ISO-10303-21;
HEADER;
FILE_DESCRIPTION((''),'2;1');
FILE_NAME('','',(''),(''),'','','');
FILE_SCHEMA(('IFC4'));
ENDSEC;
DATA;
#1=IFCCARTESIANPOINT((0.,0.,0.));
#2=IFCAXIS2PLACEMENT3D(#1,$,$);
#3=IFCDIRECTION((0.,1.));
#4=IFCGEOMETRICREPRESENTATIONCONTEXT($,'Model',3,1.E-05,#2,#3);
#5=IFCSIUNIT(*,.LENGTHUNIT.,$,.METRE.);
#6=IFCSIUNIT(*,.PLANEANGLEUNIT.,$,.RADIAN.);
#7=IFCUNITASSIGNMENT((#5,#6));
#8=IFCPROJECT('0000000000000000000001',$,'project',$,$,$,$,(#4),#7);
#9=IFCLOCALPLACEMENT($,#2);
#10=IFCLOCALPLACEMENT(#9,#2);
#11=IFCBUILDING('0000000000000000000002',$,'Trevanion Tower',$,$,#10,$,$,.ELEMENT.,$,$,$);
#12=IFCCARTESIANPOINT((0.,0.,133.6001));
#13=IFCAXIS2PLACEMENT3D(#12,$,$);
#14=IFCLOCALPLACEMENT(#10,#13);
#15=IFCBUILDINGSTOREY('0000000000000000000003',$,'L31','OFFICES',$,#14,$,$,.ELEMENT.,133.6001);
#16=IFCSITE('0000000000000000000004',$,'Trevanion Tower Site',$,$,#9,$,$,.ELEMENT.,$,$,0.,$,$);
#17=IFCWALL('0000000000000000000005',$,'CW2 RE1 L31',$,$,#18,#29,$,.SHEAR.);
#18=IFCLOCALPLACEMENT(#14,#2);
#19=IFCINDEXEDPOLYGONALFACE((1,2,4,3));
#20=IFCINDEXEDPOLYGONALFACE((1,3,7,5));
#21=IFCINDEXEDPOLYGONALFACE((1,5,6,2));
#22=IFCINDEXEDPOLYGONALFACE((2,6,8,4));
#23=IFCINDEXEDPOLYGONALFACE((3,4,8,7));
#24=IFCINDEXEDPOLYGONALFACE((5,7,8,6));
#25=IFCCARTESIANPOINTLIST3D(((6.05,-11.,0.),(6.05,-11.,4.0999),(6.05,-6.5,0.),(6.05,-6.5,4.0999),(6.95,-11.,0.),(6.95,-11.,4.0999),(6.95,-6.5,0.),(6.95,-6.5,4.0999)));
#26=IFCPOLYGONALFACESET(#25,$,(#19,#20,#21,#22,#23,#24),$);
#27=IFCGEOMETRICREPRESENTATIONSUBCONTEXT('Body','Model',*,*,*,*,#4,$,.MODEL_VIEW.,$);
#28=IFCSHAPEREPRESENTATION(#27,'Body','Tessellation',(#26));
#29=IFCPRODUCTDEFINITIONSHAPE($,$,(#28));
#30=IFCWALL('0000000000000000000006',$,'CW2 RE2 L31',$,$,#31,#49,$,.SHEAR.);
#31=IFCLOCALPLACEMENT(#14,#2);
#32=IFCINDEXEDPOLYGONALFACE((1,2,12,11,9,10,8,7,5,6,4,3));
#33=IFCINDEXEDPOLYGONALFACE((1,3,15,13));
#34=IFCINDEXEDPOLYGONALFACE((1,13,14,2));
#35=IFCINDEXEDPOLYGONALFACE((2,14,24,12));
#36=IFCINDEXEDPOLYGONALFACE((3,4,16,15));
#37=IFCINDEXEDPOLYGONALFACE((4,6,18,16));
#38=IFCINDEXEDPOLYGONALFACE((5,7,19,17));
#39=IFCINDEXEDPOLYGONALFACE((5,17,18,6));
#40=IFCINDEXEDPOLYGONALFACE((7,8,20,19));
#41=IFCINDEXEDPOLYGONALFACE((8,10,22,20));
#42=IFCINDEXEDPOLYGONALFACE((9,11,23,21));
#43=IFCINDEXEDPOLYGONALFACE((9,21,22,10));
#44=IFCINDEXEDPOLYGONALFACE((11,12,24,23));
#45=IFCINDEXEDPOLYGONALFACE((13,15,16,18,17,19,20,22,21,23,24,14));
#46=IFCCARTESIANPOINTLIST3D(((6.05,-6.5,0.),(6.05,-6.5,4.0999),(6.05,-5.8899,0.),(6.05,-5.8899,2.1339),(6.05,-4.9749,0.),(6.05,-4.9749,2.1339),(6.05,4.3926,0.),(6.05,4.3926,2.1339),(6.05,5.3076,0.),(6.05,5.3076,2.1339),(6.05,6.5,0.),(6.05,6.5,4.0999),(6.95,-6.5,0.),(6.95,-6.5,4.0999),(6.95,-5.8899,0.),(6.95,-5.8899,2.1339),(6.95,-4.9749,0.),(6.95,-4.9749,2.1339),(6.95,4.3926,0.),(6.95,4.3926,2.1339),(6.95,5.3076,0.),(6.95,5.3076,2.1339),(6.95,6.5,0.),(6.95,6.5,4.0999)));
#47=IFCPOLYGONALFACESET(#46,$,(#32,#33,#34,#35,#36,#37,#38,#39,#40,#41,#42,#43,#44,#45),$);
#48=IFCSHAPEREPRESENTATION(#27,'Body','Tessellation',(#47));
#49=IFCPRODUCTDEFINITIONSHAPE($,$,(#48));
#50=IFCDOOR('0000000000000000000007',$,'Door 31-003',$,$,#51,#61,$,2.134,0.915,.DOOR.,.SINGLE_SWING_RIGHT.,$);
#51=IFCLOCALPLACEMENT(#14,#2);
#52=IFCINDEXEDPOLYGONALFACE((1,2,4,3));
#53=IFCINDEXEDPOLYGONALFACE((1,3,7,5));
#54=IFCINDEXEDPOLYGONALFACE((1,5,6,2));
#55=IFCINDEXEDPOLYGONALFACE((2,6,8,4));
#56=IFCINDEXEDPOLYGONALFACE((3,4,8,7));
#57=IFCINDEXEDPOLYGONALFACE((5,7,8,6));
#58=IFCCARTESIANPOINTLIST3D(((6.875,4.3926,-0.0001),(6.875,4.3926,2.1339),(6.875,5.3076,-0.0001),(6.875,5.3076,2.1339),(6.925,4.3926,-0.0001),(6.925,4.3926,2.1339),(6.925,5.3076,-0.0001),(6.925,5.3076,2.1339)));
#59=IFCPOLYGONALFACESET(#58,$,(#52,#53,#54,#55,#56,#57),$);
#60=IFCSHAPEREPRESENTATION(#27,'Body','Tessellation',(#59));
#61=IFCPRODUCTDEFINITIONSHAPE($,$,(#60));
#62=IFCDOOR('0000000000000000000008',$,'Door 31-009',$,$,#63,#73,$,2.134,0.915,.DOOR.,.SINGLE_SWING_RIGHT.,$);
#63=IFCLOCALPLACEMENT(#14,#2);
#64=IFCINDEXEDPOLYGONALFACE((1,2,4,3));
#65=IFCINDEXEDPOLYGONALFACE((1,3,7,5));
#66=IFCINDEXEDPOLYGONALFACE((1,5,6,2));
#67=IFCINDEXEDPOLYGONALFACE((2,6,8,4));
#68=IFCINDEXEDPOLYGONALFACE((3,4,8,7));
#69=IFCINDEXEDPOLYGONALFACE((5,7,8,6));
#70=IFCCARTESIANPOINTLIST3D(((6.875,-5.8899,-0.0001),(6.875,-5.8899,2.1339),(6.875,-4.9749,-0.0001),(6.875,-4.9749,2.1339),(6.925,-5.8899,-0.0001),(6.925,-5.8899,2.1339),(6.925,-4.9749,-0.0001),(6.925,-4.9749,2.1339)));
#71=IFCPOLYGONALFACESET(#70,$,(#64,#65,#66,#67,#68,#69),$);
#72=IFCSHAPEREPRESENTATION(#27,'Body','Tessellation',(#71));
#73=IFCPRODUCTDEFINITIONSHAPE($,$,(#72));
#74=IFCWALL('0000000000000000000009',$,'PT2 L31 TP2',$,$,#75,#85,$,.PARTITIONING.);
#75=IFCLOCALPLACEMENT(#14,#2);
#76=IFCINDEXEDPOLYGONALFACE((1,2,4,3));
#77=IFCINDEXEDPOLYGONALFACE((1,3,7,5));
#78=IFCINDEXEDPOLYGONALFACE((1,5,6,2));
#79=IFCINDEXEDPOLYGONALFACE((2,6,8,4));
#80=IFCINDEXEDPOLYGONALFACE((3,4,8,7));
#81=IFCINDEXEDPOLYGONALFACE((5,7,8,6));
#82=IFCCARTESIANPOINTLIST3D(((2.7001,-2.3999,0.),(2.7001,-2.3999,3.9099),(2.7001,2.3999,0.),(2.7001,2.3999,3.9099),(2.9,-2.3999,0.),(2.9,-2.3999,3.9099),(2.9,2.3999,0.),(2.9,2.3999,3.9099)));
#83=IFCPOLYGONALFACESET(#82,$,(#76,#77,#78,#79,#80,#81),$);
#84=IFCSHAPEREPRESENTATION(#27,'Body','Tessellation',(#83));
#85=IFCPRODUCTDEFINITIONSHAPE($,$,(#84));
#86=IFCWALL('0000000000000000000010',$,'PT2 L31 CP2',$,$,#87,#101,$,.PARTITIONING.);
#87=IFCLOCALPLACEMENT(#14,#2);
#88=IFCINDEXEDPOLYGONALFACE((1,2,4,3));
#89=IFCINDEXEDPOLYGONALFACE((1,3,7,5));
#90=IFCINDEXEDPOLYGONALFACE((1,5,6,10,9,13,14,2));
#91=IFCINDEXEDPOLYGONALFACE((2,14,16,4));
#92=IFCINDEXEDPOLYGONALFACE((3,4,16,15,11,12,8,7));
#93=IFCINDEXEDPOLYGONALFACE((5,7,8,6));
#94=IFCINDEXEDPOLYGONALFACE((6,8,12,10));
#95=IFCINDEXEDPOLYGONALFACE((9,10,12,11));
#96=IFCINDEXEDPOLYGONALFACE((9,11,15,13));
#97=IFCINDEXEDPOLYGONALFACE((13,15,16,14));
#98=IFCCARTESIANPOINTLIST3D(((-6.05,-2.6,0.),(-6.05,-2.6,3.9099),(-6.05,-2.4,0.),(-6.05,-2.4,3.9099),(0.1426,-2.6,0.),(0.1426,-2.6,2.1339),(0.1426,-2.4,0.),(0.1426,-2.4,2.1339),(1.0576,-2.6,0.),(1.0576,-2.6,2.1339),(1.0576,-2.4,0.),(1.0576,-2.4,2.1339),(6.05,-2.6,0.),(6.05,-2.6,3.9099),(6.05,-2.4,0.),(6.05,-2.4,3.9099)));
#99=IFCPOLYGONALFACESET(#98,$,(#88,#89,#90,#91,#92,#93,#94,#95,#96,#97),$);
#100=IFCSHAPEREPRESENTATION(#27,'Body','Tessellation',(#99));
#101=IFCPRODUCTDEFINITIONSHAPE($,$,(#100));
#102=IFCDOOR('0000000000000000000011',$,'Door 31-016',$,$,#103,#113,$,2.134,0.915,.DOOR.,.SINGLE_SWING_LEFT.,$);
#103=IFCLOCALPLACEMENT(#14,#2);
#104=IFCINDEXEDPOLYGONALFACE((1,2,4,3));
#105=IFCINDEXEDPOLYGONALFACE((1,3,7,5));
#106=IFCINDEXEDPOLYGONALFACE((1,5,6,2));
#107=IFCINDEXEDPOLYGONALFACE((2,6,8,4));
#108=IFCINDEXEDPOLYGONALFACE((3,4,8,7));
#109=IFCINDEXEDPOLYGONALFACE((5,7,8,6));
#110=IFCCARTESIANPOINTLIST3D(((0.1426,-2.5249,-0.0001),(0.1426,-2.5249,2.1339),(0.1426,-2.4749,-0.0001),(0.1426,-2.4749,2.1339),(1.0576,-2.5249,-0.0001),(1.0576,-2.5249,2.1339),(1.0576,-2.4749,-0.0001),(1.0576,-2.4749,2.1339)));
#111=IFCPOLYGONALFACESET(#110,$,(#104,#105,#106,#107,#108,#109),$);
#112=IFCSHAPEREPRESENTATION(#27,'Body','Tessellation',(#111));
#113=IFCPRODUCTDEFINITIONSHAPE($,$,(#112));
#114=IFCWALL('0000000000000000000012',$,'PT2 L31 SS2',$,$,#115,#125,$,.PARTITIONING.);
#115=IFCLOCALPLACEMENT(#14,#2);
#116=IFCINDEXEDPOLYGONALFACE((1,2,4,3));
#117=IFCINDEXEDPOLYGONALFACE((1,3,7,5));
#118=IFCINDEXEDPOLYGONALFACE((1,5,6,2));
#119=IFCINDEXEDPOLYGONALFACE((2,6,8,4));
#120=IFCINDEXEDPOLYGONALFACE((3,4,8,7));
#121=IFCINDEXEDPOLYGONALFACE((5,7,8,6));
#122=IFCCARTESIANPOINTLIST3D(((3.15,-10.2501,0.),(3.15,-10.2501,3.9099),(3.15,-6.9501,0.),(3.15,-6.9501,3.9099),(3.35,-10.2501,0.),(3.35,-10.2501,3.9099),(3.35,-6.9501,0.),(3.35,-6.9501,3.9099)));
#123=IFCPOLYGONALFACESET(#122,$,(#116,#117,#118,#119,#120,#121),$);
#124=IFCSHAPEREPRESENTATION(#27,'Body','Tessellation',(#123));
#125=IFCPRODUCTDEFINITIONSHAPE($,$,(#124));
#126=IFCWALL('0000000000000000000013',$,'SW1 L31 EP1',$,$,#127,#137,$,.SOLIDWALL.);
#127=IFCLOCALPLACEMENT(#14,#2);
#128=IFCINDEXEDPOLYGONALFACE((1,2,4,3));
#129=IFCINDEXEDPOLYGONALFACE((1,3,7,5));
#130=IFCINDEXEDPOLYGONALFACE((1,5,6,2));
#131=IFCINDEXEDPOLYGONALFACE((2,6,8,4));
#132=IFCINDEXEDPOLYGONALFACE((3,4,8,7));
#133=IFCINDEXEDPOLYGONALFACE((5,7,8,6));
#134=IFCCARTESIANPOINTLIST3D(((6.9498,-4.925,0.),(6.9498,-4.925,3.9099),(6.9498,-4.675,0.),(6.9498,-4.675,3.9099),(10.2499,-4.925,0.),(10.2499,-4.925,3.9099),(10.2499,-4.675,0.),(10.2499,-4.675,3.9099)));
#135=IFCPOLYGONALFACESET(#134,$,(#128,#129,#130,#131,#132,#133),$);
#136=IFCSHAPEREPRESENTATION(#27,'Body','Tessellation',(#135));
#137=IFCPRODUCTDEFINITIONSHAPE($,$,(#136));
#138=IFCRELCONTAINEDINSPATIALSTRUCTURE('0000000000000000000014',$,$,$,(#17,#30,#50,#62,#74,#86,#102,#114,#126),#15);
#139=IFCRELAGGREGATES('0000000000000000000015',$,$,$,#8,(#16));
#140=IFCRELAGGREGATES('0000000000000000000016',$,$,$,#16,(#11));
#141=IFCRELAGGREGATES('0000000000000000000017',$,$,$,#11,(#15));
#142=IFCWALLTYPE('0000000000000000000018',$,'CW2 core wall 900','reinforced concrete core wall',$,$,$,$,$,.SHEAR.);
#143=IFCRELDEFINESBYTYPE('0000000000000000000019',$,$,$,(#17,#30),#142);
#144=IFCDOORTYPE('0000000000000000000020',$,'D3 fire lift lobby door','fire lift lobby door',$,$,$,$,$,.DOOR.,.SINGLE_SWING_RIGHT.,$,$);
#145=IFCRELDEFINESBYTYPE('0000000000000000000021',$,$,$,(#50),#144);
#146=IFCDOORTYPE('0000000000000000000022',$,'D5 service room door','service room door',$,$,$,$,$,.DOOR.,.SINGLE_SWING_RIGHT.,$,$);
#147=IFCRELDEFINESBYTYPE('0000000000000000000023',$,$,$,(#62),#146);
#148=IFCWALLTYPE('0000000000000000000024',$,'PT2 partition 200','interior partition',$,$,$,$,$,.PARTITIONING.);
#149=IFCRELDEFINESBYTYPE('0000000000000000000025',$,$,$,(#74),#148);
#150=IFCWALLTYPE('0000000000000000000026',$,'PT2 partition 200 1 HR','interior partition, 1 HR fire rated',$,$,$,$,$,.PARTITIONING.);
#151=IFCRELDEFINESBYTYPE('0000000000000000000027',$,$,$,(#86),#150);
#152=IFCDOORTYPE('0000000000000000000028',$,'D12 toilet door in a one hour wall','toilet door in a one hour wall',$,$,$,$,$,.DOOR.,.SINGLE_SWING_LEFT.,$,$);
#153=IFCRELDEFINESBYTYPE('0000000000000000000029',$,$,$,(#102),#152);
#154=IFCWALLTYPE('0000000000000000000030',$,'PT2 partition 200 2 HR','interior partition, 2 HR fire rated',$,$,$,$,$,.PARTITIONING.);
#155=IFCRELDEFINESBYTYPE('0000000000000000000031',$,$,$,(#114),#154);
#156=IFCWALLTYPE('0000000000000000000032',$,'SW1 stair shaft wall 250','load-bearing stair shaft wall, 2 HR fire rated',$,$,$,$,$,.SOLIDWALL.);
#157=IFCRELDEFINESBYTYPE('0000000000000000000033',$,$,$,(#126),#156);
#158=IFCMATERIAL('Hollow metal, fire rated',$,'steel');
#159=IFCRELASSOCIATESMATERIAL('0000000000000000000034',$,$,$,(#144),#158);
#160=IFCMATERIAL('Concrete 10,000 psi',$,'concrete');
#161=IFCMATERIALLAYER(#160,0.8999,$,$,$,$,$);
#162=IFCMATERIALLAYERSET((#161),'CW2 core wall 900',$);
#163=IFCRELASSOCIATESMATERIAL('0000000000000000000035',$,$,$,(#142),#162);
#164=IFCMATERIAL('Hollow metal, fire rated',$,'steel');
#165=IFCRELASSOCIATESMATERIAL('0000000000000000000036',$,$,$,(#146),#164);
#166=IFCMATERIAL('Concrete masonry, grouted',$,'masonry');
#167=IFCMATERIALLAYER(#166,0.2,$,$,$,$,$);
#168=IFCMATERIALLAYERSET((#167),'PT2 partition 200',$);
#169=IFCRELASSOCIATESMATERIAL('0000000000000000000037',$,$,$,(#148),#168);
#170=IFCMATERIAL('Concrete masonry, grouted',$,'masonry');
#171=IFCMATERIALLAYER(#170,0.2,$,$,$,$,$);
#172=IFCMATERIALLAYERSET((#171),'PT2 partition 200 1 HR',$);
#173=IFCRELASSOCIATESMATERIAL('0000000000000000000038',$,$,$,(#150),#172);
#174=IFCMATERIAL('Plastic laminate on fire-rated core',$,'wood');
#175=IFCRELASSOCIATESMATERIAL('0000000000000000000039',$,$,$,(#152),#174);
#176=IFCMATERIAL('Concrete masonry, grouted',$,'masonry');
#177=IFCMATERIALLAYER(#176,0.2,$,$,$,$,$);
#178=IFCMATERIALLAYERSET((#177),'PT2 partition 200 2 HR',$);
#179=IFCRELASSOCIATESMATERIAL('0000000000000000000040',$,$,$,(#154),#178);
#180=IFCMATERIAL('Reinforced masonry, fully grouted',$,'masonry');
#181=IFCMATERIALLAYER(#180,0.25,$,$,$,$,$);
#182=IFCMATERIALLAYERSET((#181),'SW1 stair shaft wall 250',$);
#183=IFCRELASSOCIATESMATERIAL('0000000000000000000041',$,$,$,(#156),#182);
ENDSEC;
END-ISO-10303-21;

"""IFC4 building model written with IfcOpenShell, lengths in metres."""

from ifc_helpers import new_model, si_unit, direction, frame, frame_2d, origin, place, context, subcontext, project, spatial, rectangle, extrude, material, layer, layer_set, type_object, element, fill, save


model = new_model("IFC4")

# Units and contexts
model_context = context("Model", 3, precision=1e-05, world=origin(), true_north=direction((0.0, 1.0)))
body_context = subcontext(model_context, "Body", "Model", "MODEL_VIEW")
ifc_project = project(units=[si_unit("LENGTHUNIT", "METRE"), si_unit("PLANEANGLEUNIT", "RADIAN")], contexts=[model_context])

# Site, building, storey
site_placement = place(None, origin())
site = spatial("IfcSite", under=ifc_project, at=site_placement, Name="Trevanion Tower Site", CompositionType="ELEMENT", RefElevation=0.0)
building_placement = place(site_placement, origin())
building = spatial("IfcBuilding", under=site, at=building_placement, Name="Trevanion Tower", CompositionType="ELEMENT")
storey_placement = place(building_placement, frame((0.0, 0.0, 133.6001)))
storey = spatial("IfcBuildingStorey", under=building, at=storey_placement, Name="L31", Description="OFFICES", CompositionType="ELEMENT", Elevation=133.6001)

# Shared definitions
ifc_material_1 = material(Name="Hollow metal, fire rated", Category="steel")
door_type_1 = type_object("IfcDoorType", Name="D3 fire lift lobby door", Description="fire lift lobby door", OperationType="SINGLE_SWING_RIGHT", PredefinedType="DOOR", material=ifc_material_1)

# Wall
ifc_material_2 = material(Name="Concrete 10,000 psi", Category="concrete")
ifc_layer_1 = layer(ifc_material_2, 0.8999)
ifc_layer_set_1 = layer_set([ifc_layer_1], Name="CW2 core wall 900")
wall_type_1 = type_object("IfcWallType", Name="CW2 core wall 900", Description="reinforced concrete core wall", PredefinedType="SHEAR", material=ifc_layer_set_1)
wall_1_placement = place(storey_placement, frame((6.5, -11.0, 0.0), z_axis=(0.0, 0.0, 1.0), x_axis=(0.0, 1.0, 0.0)))
element("IfcWall", 1, at=wall_1_placement, inside=storey, type_object=wall_type_1, Name="CW2 RE1 L31", PredefinedType="SHEAR", context=body_context, shape_type="SweptSolid", body=[
    extrude(rectangle(XDim=4.5, YDim=0.8999, at=frame_2d((2.25, 0.0))), origin(), (0.0, 0.0, 1.0), 4.0999),
])

# Wall, openings, doors
wall_2_placement = place(storey_placement, frame((6.5, -6.5, 0.0), z_axis=(0.0, 0.0, 1.0), x_axis=(0.0, 1.0, 0.0)))
wall_2 = element("IfcWall", 2, at=wall_2_placement, inside=storey, type_object=wall_type_1, Name="CW2 RE2 L31", PredefinedType="SHEAR", context=body_context, shape_type="SweptSolid", body=[
    extrude(rectangle(XDim=13.0, YDim=0.8999, at=frame_2d((6.5, 0.0))), origin(), (0.0, 0.0, 1.0), 4.0999),
])
opening_1_placement = place(wall_2_placement, frame((10.8926, 0.0, 0.0)))
opening_1 = element("IfcOpeningElement", 3, at=opening_1_placement, cuts=wall_2, PredefinedType="OPENING", context=body_context, shape_type="SweptSolid", body=[
    extrude(rectangle(XDim=0.915, YDim=2.134, at=frame_2d((0.4575, 1.0669))), frame((0.0, 0.46, 0.0), z_axis=(0.0, -1.0, 0.0), x_axis=(1.0, 0.0, 0.0)), (0.0, 0.0, 1.0), 0.9199),
])
opening_2_placement = place(wall_2_placement, frame((0.6101, 0.0, 0.0)))
opening_2 = element("IfcOpeningElement", 4, at=opening_2_placement, cuts=wall_2, PredefinedType="OPENING", context=body_context, shape_type="SweptSolid", body=[
    extrude(rectangle(XDim=0.915, YDim=2.134, at=frame_2d((0.4575, 1.0669))), frame((0.0, 0.46, 0.0), z_axis=(0.0, -1.0, 0.0), x_axis=(1.0, 0.0, 0.0)), (0.0, 0.0, 1.0), 0.9199),
])
door_1_placement = place(opening_1_placement, origin())
door_1 = element("IfcDoor", 5, at=door_1_placement, inside=storey, type_object=door_type_1, Name="Door 31-003", OperationType="SINGLE_SWING_RIGHT", OverallHeight=2.134, OverallWidth=0.915, PredefinedType="DOOR", context=body_context, shape_type="SweptSolid", body=[
    extrude(rectangle(XDim=0.915, YDim=2.134, at=frame_2d((0.4575, 1.0669))), frame((0.0, -0.375, 0.0), z_axis=(0.0, -1.0, 0.0), x_axis=(1.0, 0.0, 0.0)), (0.0, 0.0, 1.0), 0.05),
])
fill(opening_1, door_1)
ifc_material_3 = material(Name="Hollow metal, fire rated", Category="steel")
door_type_2 = type_object("IfcDoorType", Name="D5 service room door", Description="service room door", OperationType="SINGLE_SWING_RIGHT", PredefinedType="DOOR", material=ifc_material_3)
door_2_placement = place(opening_2_placement, origin())
door_2 = element("IfcDoor", 6, at=door_2_placement, inside=storey, type_object=door_type_2, Name="Door 31-009", OperationType="SINGLE_SWING_RIGHT", OverallHeight=2.134, OverallWidth=0.915, PredefinedType="DOOR", context=body_context, shape_type="SweptSolid", body=[
    extrude(rectangle(XDim=0.915, YDim=2.134, at=frame_2d((0.4575, 1.0669))), frame((0.0, -0.375, 0.0), z_axis=(0.0, -1.0, 0.0), x_axis=(1.0, 0.0, 0.0)), (0.0, 0.0, 1.0), 0.05),
])
fill(opening_2, door_2)

# Wall
ifc_material_4 = material(Name="Concrete masonry, grouted", Category="masonry")
ifc_layer_2 = layer(ifc_material_4, 0.2)
ifc_layer_set_2 = layer_set([ifc_layer_2], Name="PT2 partition 200")
wall_type_2 = type_object("IfcWallType", Name="PT2 partition 200", Description="interior partition", PredefinedType="PARTITIONING", material=ifc_layer_set_2)
wall_3_placement = place(storey_placement, frame((2.8, -2.3999, 0.0), z_axis=(0.0, 0.0, 1.0), x_axis=(0.0, 1.0, 0.0)))
element("IfcWall", 7, at=wall_3_placement, inside=storey, type_object=wall_type_2, Name="PT2 L31 TP2", PredefinedType="PARTITIONING", context=body_context, shape_type="SweptSolid", body=[
    extrude(rectangle(XDim=4.7998, YDim=0.2, at=frame_2d((2.3999, 0.0))), origin(), (0.0, 0.0, 1.0), 3.9099),
])

# Wall, opening, door
ifc_material_5 = material(Name="Concrete masonry, grouted", Category="masonry")
ifc_layer_3 = layer(ifc_material_5, 0.2)
ifc_layer_set_3 = layer_set([ifc_layer_3], Name="PT2 partition 200 1 HR")
wall_type_3 = type_object("IfcWallType", Name="PT2 partition 200 1 HR", Description="interior partition, 1 HR fire rated", PredefinedType="PARTITIONING", material=ifc_layer_set_3)
wall_4_placement = place(storey_placement, frame((6.05, -2.5, 0.0), z_axis=(0.0, 0.0, 1.0), x_axis=(-1.0, 0.0, 0.0)))
wall_4 = element("IfcWall", 8, at=wall_4_placement, inside=storey, type_object=wall_type_3, Name="PT2 L31 CP2", PredefinedType="PARTITIONING", context=body_context, shape_type="SweptSolid", body=[
    extrude(rectangle(XDim=12.1001, YDim=0.2, at=frame_2d((6.05, 0.0))), origin(), (0.0, 0.0, 1.0), 3.9099),
])
opening_3_placement = place(wall_4_placement, frame((4.9924, 0.0, 0.0)))
opening_3 = element("IfcOpeningElement", 9, at=opening_3_placement, cuts=wall_4, PredefinedType="OPENING", context=body_context, shape_type="SweptSolid", body=[
    extrude(rectangle(XDim=0.915, YDim=2.134, at=frame_2d((0.4575, 1.0669))), frame((0.0, 0.1099, 0.0), z_axis=(0.0, -1.0, 0.0), x_axis=(1.0, 0.0, 0.0)), (0.0, 0.0, 1.0), 0.22),
])
ifc_material_6 = material(Name="Plastic laminate on fire-rated core", Category="wood")
door_type_3 = type_object("IfcDoorType", Name="D12 toilet door in a one hour wall", Description="toilet door in a one hour wall", OperationType="SINGLE_SWING_LEFT", PredefinedType="DOOR", material=ifc_material_6)
door_3_placement = place(opening_3_placement, origin())
door_3 = element("IfcDoor", 10, at=door_3_placement, inside=storey, type_object=door_type_3, Name="Door 31-016", OperationType="SINGLE_SWING_LEFT", OverallHeight=2.134, OverallWidth=0.915, PredefinedType="DOOR", context=body_context, shape_type="SweptSolid", body=[
    extrude(rectangle(XDim=0.915, YDim=2.134, at=frame_2d((0.4575, 1.0669))), frame((0.0, 0.0249, 0.0), z_axis=(0.0, -1.0, 0.0), x_axis=(1.0, 0.0, 0.0)), (0.0, 0.0, 1.0), 0.05),
])
fill(opening_3, door_3)

# Walls
ifc_material_7 = material(Name="Concrete masonry, grouted", Category="masonry")
ifc_layer_4 = layer(ifc_material_7, 0.2)
ifc_layer_set_4 = layer_set([ifc_layer_4], Name="PT2 partition 200 2 HR")
wall_type_4 = type_object("IfcWallType", Name="PT2 partition 200 2 HR", Description="interior partition, 2 HR fire rated", PredefinedType="PARTITIONING", material=ifc_layer_set_4)
wall_5_placement = place(storey_placement, frame((3.25, -10.25, 0.0), z_axis=(0.0, 0.0, 1.0), x_axis=(0.0, 1.0, 0.0)))
element("IfcWall", 11, at=wall_5_placement, inside=storey, type_object=wall_type_4, Name="PT2 L31 SS2", PredefinedType="PARTITIONING", context=body_context, shape_type="SweptSolid", body=[
    extrude(rectangle(XDim=3.3, YDim=0.2, at=frame_2d((1.6499, 0.0))), origin(), (0.0, 0.0, 1.0), 3.9099),
])
ifc_material_8 = material(Name="Reinforced masonry, fully grouted", Category="masonry")
ifc_layer_5 = layer(ifc_material_8, 0.25)
ifc_layer_set_5 = layer_set([ifc_layer_5], Name="SW1 stair shaft wall 250")
wall_type_5 = type_object("IfcWallType", Name="SW1 stair shaft wall 250", Description="load-bearing stair shaft wall, 2 HR fire rated", PredefinedType="SOLIDWALL", material=ifc_layer_set_5)
wall_6_placement = place(storey_placement, frame((6.95, -4.8, 0.0), z_axis=(0.0, 0.0, 1.0), x_axis=(1.0, 0.0, 0.0)))
element("IfcWall", 12, at=wall_6_placement, inside=storey, type_object=wall_type_5, Name="SW1 L31 EP1", PredefinedType="SOLIDWALL", context=body_context, shape_type="SweptSolid", body=[
    extrude(rectangle(XDim=3.3, YDim=0.25, at=frame_2d((1.6499, 0.0))), origin(), (0.0, 0.0, 1.0), 3.9099),
])

save(model, "model.ifc")
